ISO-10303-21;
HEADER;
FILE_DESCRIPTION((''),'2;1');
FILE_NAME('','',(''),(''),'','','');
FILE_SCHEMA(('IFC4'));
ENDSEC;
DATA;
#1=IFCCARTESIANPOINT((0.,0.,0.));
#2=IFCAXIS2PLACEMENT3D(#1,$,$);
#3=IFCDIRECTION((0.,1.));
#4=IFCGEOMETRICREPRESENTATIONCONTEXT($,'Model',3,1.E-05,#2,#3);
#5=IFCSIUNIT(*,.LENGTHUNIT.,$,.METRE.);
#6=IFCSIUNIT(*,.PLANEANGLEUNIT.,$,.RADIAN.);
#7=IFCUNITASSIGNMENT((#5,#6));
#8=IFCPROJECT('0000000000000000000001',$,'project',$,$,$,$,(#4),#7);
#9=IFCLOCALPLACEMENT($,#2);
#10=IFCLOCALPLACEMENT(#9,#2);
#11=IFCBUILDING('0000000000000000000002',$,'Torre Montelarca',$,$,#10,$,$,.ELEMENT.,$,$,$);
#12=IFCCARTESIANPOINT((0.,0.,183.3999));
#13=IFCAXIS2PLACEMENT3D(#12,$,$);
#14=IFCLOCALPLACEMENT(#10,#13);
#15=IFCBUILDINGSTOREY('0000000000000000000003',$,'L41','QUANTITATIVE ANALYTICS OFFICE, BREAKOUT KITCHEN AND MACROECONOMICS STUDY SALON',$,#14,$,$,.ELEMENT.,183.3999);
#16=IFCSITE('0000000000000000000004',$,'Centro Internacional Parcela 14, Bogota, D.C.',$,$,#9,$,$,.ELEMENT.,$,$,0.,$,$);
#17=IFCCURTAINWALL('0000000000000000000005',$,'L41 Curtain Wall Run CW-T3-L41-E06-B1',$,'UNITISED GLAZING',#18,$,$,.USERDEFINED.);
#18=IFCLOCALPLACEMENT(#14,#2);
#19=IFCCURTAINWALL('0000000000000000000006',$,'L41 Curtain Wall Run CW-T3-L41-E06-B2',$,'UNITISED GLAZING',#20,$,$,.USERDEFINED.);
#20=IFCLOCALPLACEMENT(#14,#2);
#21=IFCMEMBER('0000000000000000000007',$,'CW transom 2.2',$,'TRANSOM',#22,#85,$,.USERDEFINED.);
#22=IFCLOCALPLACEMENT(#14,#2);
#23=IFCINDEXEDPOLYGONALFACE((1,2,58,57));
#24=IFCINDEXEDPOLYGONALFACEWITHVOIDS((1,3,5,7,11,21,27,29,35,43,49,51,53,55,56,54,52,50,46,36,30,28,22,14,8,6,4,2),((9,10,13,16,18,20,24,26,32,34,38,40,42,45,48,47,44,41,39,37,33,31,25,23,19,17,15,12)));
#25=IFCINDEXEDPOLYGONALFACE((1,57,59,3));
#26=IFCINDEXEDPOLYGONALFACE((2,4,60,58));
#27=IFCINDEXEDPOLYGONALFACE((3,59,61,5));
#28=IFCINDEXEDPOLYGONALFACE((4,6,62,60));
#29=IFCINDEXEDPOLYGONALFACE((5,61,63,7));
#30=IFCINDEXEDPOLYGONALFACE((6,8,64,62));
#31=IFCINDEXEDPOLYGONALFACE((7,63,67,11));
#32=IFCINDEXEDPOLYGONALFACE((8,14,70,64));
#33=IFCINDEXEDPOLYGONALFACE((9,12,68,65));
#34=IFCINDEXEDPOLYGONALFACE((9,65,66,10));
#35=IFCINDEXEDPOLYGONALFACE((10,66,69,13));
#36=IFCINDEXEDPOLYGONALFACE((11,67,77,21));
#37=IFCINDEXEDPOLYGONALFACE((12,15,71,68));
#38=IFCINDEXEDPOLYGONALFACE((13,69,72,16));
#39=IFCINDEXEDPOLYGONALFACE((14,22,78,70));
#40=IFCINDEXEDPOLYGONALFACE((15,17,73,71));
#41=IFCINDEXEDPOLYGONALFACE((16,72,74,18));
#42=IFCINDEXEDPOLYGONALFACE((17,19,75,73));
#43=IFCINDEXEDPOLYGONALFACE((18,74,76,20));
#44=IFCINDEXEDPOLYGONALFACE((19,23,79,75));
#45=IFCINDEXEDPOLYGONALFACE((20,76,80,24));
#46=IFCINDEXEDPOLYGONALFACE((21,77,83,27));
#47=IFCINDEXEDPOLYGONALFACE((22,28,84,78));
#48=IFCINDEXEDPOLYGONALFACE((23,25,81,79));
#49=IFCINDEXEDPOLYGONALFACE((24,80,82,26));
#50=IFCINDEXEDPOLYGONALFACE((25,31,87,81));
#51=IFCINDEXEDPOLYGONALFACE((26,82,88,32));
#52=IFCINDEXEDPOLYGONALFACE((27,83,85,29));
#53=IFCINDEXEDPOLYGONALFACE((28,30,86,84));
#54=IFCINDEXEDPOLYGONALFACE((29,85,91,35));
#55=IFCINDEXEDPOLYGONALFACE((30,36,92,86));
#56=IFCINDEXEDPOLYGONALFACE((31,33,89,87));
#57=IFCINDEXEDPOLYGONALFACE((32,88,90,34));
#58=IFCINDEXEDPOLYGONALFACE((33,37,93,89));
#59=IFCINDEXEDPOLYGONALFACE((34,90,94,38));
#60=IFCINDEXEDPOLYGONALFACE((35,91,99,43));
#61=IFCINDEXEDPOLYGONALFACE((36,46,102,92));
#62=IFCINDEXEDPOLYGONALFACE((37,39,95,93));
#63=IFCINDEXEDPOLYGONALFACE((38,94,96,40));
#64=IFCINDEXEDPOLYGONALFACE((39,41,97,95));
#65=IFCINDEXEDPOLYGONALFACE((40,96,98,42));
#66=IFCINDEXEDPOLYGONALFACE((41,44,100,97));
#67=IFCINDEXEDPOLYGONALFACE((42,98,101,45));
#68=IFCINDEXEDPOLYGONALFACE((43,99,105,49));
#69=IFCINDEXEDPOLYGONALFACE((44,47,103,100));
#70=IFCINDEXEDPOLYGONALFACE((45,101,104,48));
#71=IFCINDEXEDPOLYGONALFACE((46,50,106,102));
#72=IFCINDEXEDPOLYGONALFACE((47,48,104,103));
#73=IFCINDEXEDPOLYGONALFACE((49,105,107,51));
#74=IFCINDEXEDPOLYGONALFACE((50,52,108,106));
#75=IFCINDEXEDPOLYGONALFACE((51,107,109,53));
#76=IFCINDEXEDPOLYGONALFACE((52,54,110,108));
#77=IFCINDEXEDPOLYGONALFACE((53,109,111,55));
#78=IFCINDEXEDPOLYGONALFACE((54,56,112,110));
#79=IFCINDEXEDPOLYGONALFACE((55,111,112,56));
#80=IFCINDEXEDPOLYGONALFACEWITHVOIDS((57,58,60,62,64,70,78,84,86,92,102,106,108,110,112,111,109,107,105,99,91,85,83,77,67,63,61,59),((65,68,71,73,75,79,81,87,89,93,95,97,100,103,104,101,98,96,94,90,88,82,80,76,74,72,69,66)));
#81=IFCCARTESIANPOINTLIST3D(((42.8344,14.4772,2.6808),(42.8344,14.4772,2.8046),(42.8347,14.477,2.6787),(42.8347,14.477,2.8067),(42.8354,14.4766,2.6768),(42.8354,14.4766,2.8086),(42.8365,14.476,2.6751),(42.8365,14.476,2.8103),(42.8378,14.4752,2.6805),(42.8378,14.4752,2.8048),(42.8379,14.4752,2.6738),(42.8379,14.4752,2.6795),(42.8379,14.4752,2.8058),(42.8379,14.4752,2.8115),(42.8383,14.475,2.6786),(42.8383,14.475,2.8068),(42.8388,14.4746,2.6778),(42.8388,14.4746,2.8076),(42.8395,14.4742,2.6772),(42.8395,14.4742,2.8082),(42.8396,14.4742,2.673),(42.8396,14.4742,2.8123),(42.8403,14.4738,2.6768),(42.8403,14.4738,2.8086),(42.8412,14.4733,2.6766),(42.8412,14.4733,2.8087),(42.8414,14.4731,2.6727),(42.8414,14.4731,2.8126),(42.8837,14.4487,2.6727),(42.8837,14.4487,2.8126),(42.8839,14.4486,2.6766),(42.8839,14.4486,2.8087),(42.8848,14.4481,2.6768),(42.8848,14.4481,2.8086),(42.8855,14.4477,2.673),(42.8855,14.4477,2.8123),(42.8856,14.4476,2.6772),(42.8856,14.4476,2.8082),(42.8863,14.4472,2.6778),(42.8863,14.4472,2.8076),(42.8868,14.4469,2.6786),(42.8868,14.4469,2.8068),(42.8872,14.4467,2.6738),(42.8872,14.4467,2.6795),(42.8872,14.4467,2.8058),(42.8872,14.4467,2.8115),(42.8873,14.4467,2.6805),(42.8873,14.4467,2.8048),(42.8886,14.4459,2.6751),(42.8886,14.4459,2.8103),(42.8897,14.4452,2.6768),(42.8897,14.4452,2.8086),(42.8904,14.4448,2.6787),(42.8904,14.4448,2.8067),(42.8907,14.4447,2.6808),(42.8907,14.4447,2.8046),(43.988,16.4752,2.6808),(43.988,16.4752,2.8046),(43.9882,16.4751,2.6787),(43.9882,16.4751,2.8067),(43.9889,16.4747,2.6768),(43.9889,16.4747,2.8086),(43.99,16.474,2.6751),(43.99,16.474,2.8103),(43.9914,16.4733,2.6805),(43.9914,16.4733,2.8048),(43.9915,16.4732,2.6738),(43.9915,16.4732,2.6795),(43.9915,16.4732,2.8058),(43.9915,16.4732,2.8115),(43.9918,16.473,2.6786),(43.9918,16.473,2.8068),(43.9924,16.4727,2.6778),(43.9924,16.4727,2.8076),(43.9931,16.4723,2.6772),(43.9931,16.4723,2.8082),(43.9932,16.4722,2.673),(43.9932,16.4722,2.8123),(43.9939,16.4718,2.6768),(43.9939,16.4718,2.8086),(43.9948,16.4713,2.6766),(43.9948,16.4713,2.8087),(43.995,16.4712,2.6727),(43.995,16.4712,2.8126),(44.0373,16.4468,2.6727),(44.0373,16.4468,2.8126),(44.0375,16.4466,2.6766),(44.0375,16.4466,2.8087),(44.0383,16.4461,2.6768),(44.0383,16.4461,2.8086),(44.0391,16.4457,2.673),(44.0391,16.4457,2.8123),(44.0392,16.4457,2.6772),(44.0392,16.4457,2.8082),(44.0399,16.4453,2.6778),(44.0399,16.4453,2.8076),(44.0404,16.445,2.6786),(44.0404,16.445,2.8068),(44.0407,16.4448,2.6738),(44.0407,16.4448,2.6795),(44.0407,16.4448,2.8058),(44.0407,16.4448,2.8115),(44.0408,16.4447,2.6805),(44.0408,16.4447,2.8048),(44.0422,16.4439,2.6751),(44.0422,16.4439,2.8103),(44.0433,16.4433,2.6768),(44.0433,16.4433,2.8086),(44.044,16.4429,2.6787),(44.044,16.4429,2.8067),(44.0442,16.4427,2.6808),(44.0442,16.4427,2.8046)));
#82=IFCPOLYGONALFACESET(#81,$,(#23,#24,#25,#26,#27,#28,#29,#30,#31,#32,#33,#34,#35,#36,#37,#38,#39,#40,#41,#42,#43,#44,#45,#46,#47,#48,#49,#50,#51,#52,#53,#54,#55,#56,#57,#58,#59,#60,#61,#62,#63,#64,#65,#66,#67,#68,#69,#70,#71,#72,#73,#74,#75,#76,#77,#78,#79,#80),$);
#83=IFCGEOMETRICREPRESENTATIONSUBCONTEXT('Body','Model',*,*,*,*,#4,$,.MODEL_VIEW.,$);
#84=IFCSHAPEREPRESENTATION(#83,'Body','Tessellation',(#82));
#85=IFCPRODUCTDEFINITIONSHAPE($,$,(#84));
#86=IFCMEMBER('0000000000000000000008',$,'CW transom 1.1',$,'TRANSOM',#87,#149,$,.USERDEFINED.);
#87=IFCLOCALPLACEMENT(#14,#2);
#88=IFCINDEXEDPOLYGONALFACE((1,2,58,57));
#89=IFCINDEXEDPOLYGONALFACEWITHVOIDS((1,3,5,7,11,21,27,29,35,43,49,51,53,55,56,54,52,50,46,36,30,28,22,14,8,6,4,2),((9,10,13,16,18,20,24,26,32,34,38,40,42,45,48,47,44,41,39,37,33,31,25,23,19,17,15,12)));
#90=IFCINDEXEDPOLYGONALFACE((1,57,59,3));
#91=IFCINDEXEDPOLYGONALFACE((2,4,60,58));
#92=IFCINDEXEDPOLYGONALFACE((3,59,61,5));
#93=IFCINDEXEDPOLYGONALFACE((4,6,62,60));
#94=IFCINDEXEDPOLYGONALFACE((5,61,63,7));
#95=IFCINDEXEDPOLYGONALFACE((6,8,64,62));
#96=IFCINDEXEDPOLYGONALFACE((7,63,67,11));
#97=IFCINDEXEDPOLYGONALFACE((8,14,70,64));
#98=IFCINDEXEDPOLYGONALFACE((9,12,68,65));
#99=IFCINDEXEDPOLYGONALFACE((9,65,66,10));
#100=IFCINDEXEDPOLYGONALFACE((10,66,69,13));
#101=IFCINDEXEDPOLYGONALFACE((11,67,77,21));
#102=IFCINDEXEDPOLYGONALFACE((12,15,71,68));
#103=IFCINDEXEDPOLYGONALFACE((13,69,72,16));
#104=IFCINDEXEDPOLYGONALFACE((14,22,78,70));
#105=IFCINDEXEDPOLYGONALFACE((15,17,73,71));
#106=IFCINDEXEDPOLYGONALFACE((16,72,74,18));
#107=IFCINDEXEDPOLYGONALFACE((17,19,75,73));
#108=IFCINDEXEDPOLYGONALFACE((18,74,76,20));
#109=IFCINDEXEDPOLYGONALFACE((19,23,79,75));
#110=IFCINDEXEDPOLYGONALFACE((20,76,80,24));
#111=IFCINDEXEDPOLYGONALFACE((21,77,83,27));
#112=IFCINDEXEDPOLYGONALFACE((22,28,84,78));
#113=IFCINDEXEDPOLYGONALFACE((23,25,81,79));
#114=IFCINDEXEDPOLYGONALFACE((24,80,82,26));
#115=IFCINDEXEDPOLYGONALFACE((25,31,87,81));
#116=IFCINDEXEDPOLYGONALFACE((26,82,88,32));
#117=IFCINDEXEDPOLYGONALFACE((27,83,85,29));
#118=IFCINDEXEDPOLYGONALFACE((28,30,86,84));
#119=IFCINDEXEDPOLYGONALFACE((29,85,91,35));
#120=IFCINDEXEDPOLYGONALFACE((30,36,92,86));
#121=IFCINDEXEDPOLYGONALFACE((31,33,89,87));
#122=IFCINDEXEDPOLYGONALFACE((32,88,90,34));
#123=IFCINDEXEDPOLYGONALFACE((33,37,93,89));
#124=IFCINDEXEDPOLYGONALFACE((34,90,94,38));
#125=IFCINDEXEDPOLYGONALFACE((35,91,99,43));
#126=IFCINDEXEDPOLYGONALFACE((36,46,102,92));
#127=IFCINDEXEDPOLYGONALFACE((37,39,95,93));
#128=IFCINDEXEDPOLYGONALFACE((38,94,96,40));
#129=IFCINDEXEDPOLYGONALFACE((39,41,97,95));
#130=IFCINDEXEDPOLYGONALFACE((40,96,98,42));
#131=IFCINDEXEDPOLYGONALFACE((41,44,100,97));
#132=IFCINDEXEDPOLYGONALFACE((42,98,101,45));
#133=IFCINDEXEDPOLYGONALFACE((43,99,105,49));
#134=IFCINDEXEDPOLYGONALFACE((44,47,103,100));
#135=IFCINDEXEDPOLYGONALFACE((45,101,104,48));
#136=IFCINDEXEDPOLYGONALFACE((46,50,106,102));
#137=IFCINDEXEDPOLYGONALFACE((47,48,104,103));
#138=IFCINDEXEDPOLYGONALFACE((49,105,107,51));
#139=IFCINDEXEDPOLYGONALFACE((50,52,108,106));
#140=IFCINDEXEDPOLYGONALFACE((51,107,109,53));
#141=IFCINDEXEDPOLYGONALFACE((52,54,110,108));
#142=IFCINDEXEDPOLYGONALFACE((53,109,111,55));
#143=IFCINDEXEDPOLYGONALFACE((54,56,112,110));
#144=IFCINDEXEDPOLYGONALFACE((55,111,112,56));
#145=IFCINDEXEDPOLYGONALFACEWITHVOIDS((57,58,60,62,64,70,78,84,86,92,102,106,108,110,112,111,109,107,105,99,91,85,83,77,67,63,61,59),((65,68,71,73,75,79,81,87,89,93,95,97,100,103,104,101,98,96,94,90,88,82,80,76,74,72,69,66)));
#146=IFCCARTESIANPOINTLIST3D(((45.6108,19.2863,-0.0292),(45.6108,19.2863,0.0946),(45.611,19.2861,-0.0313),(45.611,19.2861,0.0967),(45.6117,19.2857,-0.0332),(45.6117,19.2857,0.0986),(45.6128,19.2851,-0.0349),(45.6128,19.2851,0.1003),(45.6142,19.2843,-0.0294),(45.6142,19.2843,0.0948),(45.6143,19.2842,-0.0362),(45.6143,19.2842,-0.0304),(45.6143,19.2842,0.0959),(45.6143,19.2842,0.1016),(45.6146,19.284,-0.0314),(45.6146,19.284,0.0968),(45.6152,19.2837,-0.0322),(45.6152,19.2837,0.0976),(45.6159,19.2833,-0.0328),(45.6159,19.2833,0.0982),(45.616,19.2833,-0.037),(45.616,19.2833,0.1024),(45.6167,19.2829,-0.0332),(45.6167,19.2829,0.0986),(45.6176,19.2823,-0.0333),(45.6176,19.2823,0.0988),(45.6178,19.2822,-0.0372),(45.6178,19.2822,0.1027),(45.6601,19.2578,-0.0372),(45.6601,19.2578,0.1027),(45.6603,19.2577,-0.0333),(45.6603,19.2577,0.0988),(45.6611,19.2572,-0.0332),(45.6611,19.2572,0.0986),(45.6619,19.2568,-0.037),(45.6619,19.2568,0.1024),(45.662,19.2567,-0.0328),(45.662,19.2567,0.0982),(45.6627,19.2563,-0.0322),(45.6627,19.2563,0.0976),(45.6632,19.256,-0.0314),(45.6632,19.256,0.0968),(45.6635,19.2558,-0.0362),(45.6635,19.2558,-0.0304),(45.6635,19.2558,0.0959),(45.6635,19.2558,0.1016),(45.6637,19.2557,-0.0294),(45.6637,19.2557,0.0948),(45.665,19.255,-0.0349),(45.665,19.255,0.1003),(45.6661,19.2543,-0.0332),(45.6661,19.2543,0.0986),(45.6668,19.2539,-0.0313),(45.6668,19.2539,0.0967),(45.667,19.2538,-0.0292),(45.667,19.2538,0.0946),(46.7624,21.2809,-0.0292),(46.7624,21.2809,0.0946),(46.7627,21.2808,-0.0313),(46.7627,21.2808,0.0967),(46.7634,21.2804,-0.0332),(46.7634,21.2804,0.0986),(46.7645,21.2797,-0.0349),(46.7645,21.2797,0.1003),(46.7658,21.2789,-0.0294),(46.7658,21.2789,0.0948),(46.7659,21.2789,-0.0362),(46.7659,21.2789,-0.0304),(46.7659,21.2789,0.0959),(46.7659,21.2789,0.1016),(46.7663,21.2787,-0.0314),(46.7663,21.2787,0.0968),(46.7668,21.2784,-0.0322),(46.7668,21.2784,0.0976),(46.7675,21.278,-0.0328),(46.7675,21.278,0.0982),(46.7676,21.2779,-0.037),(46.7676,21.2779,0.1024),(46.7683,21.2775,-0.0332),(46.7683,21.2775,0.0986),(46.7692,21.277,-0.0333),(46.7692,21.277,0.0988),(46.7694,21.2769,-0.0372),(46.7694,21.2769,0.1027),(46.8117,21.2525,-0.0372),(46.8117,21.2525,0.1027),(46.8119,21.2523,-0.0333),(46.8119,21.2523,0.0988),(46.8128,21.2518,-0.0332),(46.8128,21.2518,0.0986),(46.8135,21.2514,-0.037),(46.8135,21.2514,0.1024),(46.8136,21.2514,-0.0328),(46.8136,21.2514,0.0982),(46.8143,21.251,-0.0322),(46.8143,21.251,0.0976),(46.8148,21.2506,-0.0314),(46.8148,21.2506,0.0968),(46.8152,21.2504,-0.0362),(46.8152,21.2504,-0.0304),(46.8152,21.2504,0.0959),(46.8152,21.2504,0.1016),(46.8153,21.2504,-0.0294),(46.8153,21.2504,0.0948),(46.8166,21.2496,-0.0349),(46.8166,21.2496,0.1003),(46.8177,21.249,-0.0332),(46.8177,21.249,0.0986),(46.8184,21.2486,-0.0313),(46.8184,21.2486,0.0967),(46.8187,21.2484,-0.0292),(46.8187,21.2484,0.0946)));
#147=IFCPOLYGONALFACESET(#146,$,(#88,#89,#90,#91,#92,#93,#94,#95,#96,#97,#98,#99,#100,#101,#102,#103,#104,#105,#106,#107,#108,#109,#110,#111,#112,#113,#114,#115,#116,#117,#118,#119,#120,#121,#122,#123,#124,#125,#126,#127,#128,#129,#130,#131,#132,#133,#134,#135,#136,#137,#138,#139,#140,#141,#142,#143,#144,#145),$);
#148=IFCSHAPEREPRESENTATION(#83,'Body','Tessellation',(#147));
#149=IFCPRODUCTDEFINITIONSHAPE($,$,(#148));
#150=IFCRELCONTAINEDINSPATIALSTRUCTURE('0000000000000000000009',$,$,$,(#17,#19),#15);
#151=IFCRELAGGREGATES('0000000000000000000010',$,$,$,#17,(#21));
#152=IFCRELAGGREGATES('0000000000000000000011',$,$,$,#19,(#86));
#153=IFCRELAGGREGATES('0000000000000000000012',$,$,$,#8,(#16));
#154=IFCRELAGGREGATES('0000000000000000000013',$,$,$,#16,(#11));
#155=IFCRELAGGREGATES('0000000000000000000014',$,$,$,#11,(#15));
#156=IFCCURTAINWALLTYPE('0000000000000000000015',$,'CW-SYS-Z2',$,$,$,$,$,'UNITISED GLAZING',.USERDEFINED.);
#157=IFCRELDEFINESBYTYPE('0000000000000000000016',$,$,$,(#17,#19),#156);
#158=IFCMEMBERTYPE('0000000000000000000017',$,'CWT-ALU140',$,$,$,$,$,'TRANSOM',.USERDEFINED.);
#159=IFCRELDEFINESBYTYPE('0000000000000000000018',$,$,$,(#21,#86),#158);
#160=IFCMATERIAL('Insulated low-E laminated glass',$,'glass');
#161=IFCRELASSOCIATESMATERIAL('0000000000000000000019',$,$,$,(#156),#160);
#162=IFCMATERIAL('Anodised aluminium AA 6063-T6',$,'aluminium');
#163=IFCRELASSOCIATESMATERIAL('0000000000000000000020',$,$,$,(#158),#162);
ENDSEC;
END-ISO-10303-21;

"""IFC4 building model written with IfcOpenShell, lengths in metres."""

from ifc_helpers import new_model, si_unit, direction, frame, origin, origin_2d, place, context, subcontext, project, spatial, hollow_rectangle, extrude, source, transform, mapped, material, material_profile, profile_set, type_object, element, aggregate, save


model = new_model("IFC4")

# Units and contexts
model_context = context("Model", 3, precision=1e-05, world=origin(), true_north=direction((0.0, 1.0)))
body_context = subcontext(model_context, "Body", "Model", "MODEL_VIEW")
ifc_project = project(units=[si_unit("LENGTHUNIT", "METRE"), si_unit("PLANEANGLEUNIT", "RADIAN")], contexts=[model_context])

# Site, building, storey
site_placement = place(None, origin())
site = spatial("IfcSite", under=ifc_project, at=site_placement, Name="Centro Internacional Parcela 14, Bogota, D.C.", CompositionType="ELEMENT", RefElevation=0.0)
building_placement = place(site_placement, origin())
building = spatial("IfcBuilding", under=site, at=building_placement, Name="Torre Montelarca", CompositionType="ELEMENT")
storey_placement = place(building_placement, frame((0.0, 0.0, 183.3999)))
storey = spatial("IfcBuildingStorey", under=building, at=storey_placement, Name="L41", Description="QUANTITATIVE ANALYTICS OFFICE, BREAKOUT KITCHEN AND MACROECONOMICS STUDY SALON", CompositionType="ELEMENT", Elevation=183.3999)

# Curtain walls
ifc_material_1 = material(Name="Insulated low-E laminated glass", Category="glass")
curtain_wall_type = type_object("IfcCurtainWallType", Name="CW-SYS-Z2", ElementType="UNITISED GLAZING", PredefinedType="USERDEFINED", material=ifc_material_1)
curtain_wall_1_placement = place(storey_placement, origin())
curtain_wall_1 = element("IfcCurtainWall", 1, at=curtain_wall_1_placement, inside=storey, type_object=curtain_wall_type, Name="L41 Curtain Wall Run CW-T3-L41-E06-B1", ObjectType="UNITISED GLAZING", PredefinedType="USERDEFINED")
ifc_material_2 = material(Name="Anodised aluminium AA 6063-T6", Category="aluminium")
curtain_wall_2_placement = place(storey_placement, origin())
curtain_wall_2 = element("IfcCurtainWall", 2, at=curtain_wall_2_placement, inside=storey, type_object=curtain_wall_type, Name="L41 Curtain Wall Run CW-T3-L41-E06-B2", ObjectType="UNITISED GLAZING", PredefinedType="USERDEFINED")

# Members
ifc_material_profile_1 = material_profile(ifc_material_2, hollow_rectangle(XDim=0.0649, YDim=0.1399, WallThickness=0.0039, InnerFilletRadius=0.0039, OuterFilletRadius=0.0081, at=origin_2d()), Name="ALU65X140X4", Category="aluminium")
ifc_profile_set_1 = profile_set([ifc_material_profile_1], Name="Anodised aluminium AA 6063-T6")
member_type_1 = type_object("IfcMemberType", Name="CWT-ALU140", ElementType="TRANSOM", PredefinedType="USERDEFINED", material=ifc_profile_set_1)
shared_shape_1 = source(origin(), body_context, "Body", "SweptSolid", [
    extrude(hollow_rectangle(XDim=0.0649, YDim=0.1399, WallThickness=0.0039, InnerFilletRadius=0.0039, OuterFilletRadius=0.0081, at=origin_2d()), origin(), (0.0, 0.0, 1.0), 2.3071),
])
member_1_placement = place(storey_placement, frame((42.8625, 14.4609, 2.7427), z_axis=(0.499997, 0.866027, 0.0), x_axis=(-0.866027, 0.499997, 0.0)))
member_1 = element("IfcMember", 3, at=member_1_placement, type_object=member_type_1, Name="CW transom 2.2", ObjectType="TRANSOM", PredefinedType="USERDEFINED", context=body_context, shape_type="MappedRepresentation", body=[
    mapped(shared_shape_1, transform((0.0, 0.0, 0.0), scale=1.0)),
])
shared_shape_2 = source(origin(), body_context, "Body", "SweptSolid", [
    extrude(hollow_rectangle(XDim=0.0649, YDim=0.1399, WallThickness=0.0039, InnerFilletRadius=0.0039, OuterFilletRadius=0.0081, at=origin_2d()), origin(), (0.0, 0.0, 1.0), 2.3032),
])
member_2_placement = place(storey_placement, frame((45.6389, 19.27, 0.0327), z_axis=(0.500004, 0.866023, 0.0), x_axis=(-0.866023, 0.500004, 0.0)))
member_2 = element("IfcMember", 4, at=member_2_placement, type_object=member_type_1, Name="CW transom 1.1", ObjectType="TRANSOM", PredefinedType="USERDEFINED", context=body_context, shape_type="MappedRepresentation", body=[
    mapped(shared_shape_2, transform((0.0, 0.0, 0.0), scale=1.0)),
])

aggregate(curtain_wall_1, [member_1])
aggregate(curtain_wall_2, [member_2])

save(model, "model.ifc")
